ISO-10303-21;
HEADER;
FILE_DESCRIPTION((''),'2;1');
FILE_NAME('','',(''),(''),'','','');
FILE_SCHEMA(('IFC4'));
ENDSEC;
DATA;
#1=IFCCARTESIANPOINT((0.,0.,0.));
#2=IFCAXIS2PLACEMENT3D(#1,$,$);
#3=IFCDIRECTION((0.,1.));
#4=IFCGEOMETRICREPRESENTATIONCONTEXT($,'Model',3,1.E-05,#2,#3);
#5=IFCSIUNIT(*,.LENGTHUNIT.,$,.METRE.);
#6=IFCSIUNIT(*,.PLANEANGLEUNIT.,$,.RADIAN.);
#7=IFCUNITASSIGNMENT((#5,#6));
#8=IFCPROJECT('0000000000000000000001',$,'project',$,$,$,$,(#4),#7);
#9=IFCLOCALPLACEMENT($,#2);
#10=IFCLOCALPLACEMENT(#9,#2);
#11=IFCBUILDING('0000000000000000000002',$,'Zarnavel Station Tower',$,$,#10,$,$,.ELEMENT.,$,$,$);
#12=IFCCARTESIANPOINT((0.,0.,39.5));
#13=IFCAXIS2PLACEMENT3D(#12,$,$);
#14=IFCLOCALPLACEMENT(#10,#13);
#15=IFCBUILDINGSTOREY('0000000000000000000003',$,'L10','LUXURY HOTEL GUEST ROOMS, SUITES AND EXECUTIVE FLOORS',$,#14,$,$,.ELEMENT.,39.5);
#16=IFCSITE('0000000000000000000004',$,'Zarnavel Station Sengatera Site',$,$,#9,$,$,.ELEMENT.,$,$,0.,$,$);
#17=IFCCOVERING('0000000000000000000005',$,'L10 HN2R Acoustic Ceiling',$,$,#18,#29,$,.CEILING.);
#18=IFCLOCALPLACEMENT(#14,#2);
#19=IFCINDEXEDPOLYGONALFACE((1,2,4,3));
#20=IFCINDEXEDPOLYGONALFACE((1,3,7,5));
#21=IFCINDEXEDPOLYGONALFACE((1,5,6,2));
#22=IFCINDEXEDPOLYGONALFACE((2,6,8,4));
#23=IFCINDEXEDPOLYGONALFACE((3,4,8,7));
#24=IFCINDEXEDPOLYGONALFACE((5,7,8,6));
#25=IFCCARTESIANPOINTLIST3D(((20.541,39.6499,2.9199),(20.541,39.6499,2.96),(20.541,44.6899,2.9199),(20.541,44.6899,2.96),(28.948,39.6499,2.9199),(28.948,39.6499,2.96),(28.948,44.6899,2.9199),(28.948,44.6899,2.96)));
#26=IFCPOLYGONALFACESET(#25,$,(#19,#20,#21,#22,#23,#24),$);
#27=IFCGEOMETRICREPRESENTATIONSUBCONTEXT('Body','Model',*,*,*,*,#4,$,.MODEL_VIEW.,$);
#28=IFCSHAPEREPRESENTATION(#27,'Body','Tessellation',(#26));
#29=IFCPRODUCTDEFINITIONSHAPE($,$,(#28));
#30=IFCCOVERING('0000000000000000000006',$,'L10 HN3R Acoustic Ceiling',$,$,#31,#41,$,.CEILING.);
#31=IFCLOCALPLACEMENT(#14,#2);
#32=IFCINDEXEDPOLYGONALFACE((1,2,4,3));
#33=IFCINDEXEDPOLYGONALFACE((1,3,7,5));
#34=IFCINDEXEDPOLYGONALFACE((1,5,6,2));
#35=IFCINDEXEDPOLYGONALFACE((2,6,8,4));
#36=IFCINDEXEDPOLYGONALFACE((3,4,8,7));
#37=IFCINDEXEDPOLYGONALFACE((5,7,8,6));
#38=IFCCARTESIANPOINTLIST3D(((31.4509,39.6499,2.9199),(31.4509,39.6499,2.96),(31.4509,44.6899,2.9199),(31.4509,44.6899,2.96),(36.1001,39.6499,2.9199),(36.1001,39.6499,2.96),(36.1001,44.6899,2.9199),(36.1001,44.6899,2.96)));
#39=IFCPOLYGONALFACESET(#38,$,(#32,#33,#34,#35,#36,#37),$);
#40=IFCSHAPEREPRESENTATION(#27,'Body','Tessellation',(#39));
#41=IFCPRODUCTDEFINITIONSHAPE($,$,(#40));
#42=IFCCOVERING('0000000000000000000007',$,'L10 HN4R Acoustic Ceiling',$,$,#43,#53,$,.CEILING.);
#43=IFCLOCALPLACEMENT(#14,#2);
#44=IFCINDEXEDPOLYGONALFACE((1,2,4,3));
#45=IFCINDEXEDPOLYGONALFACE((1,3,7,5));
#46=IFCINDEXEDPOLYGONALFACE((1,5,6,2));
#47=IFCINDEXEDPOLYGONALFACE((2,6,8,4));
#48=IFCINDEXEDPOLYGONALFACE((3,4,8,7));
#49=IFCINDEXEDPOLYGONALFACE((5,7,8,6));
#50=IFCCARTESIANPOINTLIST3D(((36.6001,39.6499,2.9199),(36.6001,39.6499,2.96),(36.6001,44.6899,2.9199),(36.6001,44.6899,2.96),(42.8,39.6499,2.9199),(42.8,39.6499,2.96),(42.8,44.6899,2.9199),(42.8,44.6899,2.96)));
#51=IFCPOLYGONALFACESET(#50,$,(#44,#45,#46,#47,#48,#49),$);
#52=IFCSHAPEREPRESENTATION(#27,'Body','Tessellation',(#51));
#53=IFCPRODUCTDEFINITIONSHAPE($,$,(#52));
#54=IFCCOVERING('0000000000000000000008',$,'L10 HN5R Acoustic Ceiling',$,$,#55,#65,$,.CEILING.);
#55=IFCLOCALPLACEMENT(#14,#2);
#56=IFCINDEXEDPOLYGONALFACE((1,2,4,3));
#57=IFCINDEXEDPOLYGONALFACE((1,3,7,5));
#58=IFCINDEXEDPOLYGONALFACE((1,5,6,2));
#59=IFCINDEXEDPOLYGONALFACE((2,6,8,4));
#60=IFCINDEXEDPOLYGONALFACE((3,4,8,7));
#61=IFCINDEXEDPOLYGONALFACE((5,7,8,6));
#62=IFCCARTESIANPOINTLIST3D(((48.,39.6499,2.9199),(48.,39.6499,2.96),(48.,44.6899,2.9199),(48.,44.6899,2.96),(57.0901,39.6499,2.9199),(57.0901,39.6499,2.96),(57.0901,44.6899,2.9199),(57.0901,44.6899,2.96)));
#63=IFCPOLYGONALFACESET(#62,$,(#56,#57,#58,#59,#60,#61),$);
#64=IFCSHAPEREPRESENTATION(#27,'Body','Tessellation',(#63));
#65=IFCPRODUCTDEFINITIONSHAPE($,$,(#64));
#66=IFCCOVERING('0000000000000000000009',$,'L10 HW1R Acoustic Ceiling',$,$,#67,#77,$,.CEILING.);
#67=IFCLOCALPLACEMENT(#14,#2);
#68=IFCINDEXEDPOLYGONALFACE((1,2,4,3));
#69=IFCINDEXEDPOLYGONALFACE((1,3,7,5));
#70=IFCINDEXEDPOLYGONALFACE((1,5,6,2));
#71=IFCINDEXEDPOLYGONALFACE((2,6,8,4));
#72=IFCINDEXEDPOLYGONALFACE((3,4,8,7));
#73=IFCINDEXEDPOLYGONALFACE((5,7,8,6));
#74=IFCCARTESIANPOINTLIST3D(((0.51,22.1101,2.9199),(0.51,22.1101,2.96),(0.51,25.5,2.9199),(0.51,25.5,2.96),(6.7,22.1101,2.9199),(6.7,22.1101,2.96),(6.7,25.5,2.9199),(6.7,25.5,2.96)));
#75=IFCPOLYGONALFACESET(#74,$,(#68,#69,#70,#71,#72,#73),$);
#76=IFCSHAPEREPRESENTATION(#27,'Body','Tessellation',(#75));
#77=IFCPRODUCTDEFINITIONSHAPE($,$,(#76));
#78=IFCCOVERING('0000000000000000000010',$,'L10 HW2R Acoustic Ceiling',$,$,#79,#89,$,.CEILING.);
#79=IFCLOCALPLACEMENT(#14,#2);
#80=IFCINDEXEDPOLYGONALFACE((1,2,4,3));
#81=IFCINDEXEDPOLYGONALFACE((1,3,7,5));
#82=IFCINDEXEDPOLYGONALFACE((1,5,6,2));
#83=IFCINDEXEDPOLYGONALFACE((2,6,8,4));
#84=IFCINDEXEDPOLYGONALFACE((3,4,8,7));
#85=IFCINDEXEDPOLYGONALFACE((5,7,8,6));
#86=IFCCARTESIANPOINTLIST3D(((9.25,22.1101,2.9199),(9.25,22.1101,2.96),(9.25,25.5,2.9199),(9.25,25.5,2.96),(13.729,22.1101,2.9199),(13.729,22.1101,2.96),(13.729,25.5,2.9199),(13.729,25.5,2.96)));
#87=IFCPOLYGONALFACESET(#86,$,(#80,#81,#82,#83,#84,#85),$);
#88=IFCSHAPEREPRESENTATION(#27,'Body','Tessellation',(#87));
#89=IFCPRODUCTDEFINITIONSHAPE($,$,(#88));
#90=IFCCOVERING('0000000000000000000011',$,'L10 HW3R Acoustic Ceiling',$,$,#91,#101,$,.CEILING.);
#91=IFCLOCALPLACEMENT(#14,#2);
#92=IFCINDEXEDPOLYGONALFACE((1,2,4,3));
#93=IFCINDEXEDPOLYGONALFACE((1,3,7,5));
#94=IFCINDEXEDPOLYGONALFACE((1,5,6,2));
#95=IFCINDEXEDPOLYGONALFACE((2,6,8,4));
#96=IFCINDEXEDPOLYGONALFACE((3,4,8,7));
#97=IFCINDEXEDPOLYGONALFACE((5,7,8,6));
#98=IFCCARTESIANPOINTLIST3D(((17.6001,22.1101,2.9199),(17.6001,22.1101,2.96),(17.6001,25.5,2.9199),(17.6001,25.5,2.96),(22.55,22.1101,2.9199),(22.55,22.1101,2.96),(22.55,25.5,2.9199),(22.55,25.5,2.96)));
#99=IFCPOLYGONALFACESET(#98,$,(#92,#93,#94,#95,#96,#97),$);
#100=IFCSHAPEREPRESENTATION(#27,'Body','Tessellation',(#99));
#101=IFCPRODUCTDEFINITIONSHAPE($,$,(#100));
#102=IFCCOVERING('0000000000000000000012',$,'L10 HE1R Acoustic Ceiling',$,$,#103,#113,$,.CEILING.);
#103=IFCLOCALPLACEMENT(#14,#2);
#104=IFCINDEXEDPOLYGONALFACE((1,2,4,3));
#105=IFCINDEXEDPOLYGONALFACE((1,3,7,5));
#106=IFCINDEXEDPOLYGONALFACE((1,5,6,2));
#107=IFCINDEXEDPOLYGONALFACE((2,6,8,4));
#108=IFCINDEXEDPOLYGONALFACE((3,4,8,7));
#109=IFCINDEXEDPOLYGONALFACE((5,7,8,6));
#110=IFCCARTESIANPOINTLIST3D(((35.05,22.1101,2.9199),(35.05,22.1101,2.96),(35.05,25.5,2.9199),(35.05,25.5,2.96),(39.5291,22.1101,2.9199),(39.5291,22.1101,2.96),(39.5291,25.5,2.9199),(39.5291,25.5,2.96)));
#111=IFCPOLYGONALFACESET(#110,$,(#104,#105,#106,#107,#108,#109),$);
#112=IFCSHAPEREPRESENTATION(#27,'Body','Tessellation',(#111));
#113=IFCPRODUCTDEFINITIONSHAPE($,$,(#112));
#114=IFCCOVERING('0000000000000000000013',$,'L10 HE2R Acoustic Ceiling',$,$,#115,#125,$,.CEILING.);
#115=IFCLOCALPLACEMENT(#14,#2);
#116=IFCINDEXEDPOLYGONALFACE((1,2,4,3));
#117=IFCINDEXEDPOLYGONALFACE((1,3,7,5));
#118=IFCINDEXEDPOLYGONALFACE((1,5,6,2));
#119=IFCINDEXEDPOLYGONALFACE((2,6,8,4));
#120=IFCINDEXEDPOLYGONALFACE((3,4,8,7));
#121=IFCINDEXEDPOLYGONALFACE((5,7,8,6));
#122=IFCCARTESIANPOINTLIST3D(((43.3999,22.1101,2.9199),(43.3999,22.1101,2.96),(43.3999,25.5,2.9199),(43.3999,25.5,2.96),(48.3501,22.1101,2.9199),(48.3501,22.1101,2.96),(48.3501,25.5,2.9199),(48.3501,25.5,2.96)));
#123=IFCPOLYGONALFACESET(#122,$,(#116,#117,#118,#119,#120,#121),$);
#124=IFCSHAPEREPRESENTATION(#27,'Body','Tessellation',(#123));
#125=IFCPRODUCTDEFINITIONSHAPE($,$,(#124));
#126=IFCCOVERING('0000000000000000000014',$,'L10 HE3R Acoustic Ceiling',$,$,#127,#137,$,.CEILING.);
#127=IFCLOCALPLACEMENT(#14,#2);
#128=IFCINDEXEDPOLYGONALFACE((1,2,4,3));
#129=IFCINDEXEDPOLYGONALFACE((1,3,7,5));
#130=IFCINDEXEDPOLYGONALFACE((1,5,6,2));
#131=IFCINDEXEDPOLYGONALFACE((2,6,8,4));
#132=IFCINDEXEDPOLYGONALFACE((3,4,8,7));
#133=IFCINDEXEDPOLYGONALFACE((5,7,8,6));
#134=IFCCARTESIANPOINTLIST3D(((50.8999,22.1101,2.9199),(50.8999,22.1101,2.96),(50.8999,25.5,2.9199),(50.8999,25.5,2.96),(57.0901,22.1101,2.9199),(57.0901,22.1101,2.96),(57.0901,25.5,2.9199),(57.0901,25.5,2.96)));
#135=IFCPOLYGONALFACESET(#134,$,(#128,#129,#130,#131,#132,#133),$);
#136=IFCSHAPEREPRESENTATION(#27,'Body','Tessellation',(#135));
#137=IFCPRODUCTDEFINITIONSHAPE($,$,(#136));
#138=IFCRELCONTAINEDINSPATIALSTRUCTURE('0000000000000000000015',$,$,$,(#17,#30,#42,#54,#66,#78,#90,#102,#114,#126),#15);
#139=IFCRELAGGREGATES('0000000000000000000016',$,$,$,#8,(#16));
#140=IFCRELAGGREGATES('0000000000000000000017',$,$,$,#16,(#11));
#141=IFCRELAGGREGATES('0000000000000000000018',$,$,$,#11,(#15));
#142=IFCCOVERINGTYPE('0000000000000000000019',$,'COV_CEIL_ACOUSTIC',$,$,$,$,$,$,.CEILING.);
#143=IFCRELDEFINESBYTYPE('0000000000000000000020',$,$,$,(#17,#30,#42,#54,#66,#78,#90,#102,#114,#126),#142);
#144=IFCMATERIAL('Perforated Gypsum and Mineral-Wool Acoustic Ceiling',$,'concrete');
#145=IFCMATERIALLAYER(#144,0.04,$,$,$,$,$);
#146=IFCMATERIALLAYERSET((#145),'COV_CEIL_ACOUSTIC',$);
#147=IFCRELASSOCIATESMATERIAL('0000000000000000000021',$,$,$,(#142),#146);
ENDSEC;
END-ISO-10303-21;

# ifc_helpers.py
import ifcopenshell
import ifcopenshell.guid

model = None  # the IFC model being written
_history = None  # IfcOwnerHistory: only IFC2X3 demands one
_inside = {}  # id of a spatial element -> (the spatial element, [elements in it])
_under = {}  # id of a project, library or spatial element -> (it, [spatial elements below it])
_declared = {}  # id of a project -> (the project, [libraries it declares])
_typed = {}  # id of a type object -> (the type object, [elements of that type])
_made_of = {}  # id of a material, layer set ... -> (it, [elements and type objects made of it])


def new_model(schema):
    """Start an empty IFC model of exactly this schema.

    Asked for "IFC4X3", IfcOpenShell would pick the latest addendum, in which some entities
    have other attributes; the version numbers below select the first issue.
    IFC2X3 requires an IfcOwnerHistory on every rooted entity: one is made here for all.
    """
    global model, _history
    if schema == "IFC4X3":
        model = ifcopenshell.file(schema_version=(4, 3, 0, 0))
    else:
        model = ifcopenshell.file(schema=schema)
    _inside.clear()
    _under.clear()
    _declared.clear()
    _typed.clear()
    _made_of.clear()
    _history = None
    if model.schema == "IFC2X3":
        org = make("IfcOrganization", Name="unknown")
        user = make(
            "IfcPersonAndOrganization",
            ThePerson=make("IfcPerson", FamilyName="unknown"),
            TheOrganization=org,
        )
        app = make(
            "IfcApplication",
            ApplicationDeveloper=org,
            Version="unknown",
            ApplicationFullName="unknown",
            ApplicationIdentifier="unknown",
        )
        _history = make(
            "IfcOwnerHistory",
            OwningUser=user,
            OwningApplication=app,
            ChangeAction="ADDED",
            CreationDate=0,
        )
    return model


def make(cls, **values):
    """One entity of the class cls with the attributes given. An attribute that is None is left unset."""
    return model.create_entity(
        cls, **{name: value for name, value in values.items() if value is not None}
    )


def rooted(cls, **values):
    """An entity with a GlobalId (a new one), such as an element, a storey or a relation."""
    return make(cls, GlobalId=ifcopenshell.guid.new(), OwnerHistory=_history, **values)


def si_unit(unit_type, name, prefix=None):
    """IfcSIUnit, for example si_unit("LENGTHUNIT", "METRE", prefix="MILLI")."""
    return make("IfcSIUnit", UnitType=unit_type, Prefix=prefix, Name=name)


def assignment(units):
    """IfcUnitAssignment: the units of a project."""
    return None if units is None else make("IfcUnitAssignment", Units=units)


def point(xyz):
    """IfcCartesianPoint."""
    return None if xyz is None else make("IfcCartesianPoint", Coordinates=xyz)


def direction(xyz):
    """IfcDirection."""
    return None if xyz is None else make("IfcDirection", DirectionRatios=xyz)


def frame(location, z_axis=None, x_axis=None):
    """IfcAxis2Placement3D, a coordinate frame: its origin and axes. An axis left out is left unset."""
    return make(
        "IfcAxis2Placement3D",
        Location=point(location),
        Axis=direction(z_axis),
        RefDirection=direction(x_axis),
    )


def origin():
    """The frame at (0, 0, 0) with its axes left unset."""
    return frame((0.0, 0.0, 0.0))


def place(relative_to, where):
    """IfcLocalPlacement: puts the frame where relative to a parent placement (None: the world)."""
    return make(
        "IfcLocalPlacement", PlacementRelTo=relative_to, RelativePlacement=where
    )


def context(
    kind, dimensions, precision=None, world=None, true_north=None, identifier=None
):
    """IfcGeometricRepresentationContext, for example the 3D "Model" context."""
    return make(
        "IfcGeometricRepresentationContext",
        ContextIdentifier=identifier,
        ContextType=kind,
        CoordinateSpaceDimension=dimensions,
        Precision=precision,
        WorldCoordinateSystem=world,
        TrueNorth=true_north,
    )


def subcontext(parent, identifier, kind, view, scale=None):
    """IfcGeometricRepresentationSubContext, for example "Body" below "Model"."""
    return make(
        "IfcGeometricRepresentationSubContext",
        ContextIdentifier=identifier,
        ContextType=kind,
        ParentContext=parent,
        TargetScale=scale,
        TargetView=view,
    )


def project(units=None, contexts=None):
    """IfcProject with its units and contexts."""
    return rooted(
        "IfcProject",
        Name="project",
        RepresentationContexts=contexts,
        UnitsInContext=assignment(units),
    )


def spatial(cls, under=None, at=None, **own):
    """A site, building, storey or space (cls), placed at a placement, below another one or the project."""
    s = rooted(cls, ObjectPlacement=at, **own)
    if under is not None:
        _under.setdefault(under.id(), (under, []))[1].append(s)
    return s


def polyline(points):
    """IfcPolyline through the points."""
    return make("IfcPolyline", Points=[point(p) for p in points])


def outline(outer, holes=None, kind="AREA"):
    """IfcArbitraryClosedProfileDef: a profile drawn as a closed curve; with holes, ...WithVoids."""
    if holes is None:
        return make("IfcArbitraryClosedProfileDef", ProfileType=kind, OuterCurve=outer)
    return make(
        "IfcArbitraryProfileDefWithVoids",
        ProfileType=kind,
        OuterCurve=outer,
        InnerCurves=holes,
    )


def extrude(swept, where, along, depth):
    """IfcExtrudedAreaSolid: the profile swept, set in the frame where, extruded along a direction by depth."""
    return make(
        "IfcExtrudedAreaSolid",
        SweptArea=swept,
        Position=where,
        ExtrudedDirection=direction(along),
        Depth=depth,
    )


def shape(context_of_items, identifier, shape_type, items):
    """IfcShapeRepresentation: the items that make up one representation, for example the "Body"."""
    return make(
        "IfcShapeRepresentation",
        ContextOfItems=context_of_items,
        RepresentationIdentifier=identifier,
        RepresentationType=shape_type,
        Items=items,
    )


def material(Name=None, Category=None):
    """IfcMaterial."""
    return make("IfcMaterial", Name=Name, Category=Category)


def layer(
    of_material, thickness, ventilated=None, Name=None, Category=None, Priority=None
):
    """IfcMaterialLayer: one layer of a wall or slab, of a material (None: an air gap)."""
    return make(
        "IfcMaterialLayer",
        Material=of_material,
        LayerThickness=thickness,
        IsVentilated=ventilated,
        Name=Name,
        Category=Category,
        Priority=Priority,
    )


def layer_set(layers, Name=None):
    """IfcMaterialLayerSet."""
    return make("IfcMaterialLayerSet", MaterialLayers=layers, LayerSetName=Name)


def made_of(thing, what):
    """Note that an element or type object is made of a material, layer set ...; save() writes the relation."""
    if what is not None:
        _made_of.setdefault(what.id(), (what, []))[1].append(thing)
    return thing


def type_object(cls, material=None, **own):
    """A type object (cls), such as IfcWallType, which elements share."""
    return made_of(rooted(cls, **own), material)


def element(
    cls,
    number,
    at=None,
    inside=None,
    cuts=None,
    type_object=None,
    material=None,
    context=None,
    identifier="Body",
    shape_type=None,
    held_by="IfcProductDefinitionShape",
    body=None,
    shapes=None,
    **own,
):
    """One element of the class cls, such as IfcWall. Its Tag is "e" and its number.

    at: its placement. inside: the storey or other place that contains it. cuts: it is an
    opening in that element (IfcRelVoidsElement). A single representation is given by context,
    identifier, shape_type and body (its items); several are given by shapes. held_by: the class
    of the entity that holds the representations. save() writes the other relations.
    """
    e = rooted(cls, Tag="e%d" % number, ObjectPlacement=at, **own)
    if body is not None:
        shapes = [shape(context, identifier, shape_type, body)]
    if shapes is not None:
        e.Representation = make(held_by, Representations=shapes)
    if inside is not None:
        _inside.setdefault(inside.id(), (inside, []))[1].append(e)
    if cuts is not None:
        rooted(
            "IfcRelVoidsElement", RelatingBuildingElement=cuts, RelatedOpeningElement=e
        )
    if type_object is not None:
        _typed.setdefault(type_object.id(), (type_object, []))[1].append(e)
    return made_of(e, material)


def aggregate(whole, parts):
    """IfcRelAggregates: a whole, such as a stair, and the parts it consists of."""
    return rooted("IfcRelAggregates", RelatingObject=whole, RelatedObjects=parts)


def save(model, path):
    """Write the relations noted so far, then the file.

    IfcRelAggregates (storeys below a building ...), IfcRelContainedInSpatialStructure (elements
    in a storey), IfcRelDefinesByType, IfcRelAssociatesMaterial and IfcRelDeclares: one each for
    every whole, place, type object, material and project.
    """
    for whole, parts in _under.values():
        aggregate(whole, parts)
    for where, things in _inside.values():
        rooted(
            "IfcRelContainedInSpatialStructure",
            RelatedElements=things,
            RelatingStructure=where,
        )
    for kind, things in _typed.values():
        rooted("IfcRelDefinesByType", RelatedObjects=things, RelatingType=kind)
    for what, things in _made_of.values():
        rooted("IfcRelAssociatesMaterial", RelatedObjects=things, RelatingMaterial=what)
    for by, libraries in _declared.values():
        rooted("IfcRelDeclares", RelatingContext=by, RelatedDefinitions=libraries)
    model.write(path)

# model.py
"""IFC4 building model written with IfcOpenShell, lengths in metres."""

from ifc_helpers import new_model, si_unit, direction, frame, origin, place, context, subcontext, project, spatial, polyline, outline, extrude, material, layer, layer_set, type_object, element, save


model = new_model("IFC4")

# Units and contexts
model_context = context("Model", 3, precision=1e-05, world=origin(), true_north=direction((0.0, 1.0)))
body_context = subcontext(model_context, "Body", "Model", "MODEL_VIEW")
ifc_project = project(units=[si_unit("LENGTHUNIT", "METRE"), si_unit("PLANEANGLEUNIT", "RADIAN")], contexts=[model_context])

# Site, building, storey
site_placement = place(None, origin())
site = spatial("IfcSite", under=ifc_project, at=site_placement, Name="Zarnavel Station Sengatera Site", CompositionType="ELEMENT", RefElevation=0.0)
building_placement = place(site_placement, origin())
building = spatial("IfcBuilding", under=site, at=building_placement, Name="Zarnavel Station Tower", CompositionType="ELEMENT")
storey_placement = place(building_placement, frame((0.0, 0.0, 39.5)))
storey = spatial("IfcBuildingStorey", under=building, at=storey_placement, Name="L10", Description="LUXURY HOTEL GUEST ROOMS, SUITES AND EXECUTIVE FLOORS", CompositionType="ELEMENT", Elevation=39.5)

# Coverings
ifc_material_1 = material(Name="Perforated Gypsum and Mineral-Wool Acoustic Ceiling", Category="concrete")
ifc_layer_1 = layer(ifc_material_1, 0.04)
ifc_layer_set_1 = layer_set([ifc_layer_1], Name="COV_CEIL_ACOUSTIC")
covering_type_1 = type_object("IfcCoveringType", Name="COV_CEIL_ACOUSTIC", PredefinedType="CEILING", material=ifc_layer_set_1)
covering_1_placement = place(storey_placement, frame((0.0, 0.0, 2.9199)))
element("IfcCovering", 1, at=covering_1_placement, inside=storey, type_object=covering_type_1, Name="L10 HN2R Acoustic Ceiling", PredefinedType="CEILING", context=body_context, shape_type="SweptSolid", body=[
    extrude(outline(polyline([(20.541, 39.6499), (28.948, 39.6499), (28.948, 44.6899), (20.541, 44.6899), (20.541, 39.6499)])), origin(), (0.0, 0.0, 1.0), 0.04),
])
covering_2_placement = place(storey_placement, frame((0.0, 0.0, 2.9199)))
element("IfcCovering", 2, at=covering_2_placement, inside=storey, type_object=covering_type_1, Name="L10 HN3R Acoustic Ceiling", PredefinedType="CEILING", context=body_context, shape_type="SweptSolid", body=[
    extrude(outline(polyline([(31.4509, 39.6499), (36.1001, 39.6499), (36.1001, 44.6899), (31.4509, 44.6899), (31.4509, 39.6499)])), origin(), (0.0, 0.0, 1.0), 0.04),
])
covering_3_placement = place(storey_placement, frame((0.0, 0.0, 2.9199)))
element("IfcCovering", 3, at=covering_3_placement, inside=storey, type_object=covering_type_1, Name="L10 HN4R Acoustic Ceiling", PredefinedType="CEILING", context=body_context, shape_type="SweptSolid", body=[
    extrude(outline(polyline([(36.6001, 39.6499), (42.8, 39.6499), (42.8, 44.6899), (36.6001, 44.6899), (36.6001, 39.6499)])), origin(), (0.0, 0.0, 1.0), 0.04),
])
covering_4_placement = place(storey_placement, frame((0.0, 0.0, 2.9199)))
element("IfcCovering", 4, at=covering_4_placement, inside=storey, type_object=covering_type_1, Name="L10 HN5R Acoustic Ceiling", PredefinedType="CEILING", context=body_context, shape_type="SweptSolid", body=[
    extrude(outline(polyline([(48.0, 39.6499), (57.0901, 39.6499), (57.0901, 44.6899), (48.0, 44.6899), (48.0, 39.6499)])), origin(), (0.0, 0.0, 1.0), 0.04),
])
covering_5_placement = place(storey_placement, frame((0.0, 0.0, 2.9199)))
element("IfcCovering", 5, at=covering_5_placement, inside=storey, type_object=covering_type_1, Name="L10 HW1R Acoustic Ceiling", PredefinedType="CEILING", context=body_context, shape_type="SweptSolid", body=[
    extrude(outline(polyline([(0.51, 22.1101), (6.7, 22.1101), (6.7, 25.5), (0.51, 25.5), (0.51, 22.1101)])), origin(), (0.0, 0.0, 1.0), 0.04),
])
covering_6_placement = place(storey_placement, frame((0.0, 0.0, 2.9199)))
element("IfcCovering", 6, at=covering_6_placement, inside=storey, type_object=covering_type_1, Name="L10 HW2R Acoustic Ceiling", PredefinedType="CEILING", context=body_context, shape_type="SweptSolid", body=[
    extrude(outline(polyline([(9.25, 22.1101), (13.729, 22.1101), (13.729, 25.5), (9.25, 25.5), (9.25, 22.1101)])), origin(), (0.0, 0.0, 1.0), 0.04),
])
covering_7_placement = place(storey_placement, frame((0.0, 0.0, 2.9199)))
element("IfcCovering", 7, at=covering_7_placement, inside=storey, type_object=covering_type_1, Name="L10 HW3R Acoustic Ceiling", PredefinedType="CEILING", context=body_context, shape_type="SweptSolid", body=[
    extrude(outline(polyline([(17.6001, 22.1101), (22.55, 22.1101), (22.55, 25.5), (17.6001, 25.5), (17.6001, 22.1101)])), origin(), (0.0, 0.0, 1.0), 0.04),
])
covering_8_placement = place(storey_placement, frame((0.0, 0.0, 2.9199)))
element("IfcCovering", 8, at=covering_8_placement, inside=storey, type_object=covering_type_1, Name="L10 HE1R Acoustic Ceiling", PredefinedType="CEILING", context=body_context, shape_type="SweptSolid", body=[
    extrude(outline(polyline([(35.05, 22.1101), (39.5291, 22.1101), (39.5291, 25.5), (35.05, 25.5), (35.05, 22.1101)])), origin(), (0.0, 0.0, 1.0), 0.04),
])
covering_9_placement = place(storey_placement, frame((0.0, 0.0, 2.9199)))
element("IfcCovering", 9, at=covering_9_placement, inside=storey, type_object=covering_type_1, Name="L10 HE2R Acoustic Ceiling", PredefinedType="CEILING", context=body_context, shape_type="SweptSolid", body=[
    extrude(outline(polyline([(43.3999, 22.1101), (48.3501, 22.1101), (48.3501, 25.5), (43.3999, 25.5), (43.3999, 22.1101)])), origin(), (0.0, 0.0, 1.0), 0.04),
])
covering_10_placement = place(storey_placement, frame((0.0, 0.0, 2.9199)))
element("IfcCovering", 10, at=covering_10_placement, inside=storey, type_object=covering_type_1, Name="L10 HE3R Acoustic Ceiling", PredefinedType="CEILING", context=body_context, shape_type="SweptSolid", body=[
    extrude(outline(polyline([(50.8999, 22.1101), (57.0901, 22.1101), (57.0901, 25.5), (50.8999, 25.5), (50.8999, 22.1101)])), origin(), (0.0, 0.0, 1.0), 0.04),
])

save(model, "model.ifc")
